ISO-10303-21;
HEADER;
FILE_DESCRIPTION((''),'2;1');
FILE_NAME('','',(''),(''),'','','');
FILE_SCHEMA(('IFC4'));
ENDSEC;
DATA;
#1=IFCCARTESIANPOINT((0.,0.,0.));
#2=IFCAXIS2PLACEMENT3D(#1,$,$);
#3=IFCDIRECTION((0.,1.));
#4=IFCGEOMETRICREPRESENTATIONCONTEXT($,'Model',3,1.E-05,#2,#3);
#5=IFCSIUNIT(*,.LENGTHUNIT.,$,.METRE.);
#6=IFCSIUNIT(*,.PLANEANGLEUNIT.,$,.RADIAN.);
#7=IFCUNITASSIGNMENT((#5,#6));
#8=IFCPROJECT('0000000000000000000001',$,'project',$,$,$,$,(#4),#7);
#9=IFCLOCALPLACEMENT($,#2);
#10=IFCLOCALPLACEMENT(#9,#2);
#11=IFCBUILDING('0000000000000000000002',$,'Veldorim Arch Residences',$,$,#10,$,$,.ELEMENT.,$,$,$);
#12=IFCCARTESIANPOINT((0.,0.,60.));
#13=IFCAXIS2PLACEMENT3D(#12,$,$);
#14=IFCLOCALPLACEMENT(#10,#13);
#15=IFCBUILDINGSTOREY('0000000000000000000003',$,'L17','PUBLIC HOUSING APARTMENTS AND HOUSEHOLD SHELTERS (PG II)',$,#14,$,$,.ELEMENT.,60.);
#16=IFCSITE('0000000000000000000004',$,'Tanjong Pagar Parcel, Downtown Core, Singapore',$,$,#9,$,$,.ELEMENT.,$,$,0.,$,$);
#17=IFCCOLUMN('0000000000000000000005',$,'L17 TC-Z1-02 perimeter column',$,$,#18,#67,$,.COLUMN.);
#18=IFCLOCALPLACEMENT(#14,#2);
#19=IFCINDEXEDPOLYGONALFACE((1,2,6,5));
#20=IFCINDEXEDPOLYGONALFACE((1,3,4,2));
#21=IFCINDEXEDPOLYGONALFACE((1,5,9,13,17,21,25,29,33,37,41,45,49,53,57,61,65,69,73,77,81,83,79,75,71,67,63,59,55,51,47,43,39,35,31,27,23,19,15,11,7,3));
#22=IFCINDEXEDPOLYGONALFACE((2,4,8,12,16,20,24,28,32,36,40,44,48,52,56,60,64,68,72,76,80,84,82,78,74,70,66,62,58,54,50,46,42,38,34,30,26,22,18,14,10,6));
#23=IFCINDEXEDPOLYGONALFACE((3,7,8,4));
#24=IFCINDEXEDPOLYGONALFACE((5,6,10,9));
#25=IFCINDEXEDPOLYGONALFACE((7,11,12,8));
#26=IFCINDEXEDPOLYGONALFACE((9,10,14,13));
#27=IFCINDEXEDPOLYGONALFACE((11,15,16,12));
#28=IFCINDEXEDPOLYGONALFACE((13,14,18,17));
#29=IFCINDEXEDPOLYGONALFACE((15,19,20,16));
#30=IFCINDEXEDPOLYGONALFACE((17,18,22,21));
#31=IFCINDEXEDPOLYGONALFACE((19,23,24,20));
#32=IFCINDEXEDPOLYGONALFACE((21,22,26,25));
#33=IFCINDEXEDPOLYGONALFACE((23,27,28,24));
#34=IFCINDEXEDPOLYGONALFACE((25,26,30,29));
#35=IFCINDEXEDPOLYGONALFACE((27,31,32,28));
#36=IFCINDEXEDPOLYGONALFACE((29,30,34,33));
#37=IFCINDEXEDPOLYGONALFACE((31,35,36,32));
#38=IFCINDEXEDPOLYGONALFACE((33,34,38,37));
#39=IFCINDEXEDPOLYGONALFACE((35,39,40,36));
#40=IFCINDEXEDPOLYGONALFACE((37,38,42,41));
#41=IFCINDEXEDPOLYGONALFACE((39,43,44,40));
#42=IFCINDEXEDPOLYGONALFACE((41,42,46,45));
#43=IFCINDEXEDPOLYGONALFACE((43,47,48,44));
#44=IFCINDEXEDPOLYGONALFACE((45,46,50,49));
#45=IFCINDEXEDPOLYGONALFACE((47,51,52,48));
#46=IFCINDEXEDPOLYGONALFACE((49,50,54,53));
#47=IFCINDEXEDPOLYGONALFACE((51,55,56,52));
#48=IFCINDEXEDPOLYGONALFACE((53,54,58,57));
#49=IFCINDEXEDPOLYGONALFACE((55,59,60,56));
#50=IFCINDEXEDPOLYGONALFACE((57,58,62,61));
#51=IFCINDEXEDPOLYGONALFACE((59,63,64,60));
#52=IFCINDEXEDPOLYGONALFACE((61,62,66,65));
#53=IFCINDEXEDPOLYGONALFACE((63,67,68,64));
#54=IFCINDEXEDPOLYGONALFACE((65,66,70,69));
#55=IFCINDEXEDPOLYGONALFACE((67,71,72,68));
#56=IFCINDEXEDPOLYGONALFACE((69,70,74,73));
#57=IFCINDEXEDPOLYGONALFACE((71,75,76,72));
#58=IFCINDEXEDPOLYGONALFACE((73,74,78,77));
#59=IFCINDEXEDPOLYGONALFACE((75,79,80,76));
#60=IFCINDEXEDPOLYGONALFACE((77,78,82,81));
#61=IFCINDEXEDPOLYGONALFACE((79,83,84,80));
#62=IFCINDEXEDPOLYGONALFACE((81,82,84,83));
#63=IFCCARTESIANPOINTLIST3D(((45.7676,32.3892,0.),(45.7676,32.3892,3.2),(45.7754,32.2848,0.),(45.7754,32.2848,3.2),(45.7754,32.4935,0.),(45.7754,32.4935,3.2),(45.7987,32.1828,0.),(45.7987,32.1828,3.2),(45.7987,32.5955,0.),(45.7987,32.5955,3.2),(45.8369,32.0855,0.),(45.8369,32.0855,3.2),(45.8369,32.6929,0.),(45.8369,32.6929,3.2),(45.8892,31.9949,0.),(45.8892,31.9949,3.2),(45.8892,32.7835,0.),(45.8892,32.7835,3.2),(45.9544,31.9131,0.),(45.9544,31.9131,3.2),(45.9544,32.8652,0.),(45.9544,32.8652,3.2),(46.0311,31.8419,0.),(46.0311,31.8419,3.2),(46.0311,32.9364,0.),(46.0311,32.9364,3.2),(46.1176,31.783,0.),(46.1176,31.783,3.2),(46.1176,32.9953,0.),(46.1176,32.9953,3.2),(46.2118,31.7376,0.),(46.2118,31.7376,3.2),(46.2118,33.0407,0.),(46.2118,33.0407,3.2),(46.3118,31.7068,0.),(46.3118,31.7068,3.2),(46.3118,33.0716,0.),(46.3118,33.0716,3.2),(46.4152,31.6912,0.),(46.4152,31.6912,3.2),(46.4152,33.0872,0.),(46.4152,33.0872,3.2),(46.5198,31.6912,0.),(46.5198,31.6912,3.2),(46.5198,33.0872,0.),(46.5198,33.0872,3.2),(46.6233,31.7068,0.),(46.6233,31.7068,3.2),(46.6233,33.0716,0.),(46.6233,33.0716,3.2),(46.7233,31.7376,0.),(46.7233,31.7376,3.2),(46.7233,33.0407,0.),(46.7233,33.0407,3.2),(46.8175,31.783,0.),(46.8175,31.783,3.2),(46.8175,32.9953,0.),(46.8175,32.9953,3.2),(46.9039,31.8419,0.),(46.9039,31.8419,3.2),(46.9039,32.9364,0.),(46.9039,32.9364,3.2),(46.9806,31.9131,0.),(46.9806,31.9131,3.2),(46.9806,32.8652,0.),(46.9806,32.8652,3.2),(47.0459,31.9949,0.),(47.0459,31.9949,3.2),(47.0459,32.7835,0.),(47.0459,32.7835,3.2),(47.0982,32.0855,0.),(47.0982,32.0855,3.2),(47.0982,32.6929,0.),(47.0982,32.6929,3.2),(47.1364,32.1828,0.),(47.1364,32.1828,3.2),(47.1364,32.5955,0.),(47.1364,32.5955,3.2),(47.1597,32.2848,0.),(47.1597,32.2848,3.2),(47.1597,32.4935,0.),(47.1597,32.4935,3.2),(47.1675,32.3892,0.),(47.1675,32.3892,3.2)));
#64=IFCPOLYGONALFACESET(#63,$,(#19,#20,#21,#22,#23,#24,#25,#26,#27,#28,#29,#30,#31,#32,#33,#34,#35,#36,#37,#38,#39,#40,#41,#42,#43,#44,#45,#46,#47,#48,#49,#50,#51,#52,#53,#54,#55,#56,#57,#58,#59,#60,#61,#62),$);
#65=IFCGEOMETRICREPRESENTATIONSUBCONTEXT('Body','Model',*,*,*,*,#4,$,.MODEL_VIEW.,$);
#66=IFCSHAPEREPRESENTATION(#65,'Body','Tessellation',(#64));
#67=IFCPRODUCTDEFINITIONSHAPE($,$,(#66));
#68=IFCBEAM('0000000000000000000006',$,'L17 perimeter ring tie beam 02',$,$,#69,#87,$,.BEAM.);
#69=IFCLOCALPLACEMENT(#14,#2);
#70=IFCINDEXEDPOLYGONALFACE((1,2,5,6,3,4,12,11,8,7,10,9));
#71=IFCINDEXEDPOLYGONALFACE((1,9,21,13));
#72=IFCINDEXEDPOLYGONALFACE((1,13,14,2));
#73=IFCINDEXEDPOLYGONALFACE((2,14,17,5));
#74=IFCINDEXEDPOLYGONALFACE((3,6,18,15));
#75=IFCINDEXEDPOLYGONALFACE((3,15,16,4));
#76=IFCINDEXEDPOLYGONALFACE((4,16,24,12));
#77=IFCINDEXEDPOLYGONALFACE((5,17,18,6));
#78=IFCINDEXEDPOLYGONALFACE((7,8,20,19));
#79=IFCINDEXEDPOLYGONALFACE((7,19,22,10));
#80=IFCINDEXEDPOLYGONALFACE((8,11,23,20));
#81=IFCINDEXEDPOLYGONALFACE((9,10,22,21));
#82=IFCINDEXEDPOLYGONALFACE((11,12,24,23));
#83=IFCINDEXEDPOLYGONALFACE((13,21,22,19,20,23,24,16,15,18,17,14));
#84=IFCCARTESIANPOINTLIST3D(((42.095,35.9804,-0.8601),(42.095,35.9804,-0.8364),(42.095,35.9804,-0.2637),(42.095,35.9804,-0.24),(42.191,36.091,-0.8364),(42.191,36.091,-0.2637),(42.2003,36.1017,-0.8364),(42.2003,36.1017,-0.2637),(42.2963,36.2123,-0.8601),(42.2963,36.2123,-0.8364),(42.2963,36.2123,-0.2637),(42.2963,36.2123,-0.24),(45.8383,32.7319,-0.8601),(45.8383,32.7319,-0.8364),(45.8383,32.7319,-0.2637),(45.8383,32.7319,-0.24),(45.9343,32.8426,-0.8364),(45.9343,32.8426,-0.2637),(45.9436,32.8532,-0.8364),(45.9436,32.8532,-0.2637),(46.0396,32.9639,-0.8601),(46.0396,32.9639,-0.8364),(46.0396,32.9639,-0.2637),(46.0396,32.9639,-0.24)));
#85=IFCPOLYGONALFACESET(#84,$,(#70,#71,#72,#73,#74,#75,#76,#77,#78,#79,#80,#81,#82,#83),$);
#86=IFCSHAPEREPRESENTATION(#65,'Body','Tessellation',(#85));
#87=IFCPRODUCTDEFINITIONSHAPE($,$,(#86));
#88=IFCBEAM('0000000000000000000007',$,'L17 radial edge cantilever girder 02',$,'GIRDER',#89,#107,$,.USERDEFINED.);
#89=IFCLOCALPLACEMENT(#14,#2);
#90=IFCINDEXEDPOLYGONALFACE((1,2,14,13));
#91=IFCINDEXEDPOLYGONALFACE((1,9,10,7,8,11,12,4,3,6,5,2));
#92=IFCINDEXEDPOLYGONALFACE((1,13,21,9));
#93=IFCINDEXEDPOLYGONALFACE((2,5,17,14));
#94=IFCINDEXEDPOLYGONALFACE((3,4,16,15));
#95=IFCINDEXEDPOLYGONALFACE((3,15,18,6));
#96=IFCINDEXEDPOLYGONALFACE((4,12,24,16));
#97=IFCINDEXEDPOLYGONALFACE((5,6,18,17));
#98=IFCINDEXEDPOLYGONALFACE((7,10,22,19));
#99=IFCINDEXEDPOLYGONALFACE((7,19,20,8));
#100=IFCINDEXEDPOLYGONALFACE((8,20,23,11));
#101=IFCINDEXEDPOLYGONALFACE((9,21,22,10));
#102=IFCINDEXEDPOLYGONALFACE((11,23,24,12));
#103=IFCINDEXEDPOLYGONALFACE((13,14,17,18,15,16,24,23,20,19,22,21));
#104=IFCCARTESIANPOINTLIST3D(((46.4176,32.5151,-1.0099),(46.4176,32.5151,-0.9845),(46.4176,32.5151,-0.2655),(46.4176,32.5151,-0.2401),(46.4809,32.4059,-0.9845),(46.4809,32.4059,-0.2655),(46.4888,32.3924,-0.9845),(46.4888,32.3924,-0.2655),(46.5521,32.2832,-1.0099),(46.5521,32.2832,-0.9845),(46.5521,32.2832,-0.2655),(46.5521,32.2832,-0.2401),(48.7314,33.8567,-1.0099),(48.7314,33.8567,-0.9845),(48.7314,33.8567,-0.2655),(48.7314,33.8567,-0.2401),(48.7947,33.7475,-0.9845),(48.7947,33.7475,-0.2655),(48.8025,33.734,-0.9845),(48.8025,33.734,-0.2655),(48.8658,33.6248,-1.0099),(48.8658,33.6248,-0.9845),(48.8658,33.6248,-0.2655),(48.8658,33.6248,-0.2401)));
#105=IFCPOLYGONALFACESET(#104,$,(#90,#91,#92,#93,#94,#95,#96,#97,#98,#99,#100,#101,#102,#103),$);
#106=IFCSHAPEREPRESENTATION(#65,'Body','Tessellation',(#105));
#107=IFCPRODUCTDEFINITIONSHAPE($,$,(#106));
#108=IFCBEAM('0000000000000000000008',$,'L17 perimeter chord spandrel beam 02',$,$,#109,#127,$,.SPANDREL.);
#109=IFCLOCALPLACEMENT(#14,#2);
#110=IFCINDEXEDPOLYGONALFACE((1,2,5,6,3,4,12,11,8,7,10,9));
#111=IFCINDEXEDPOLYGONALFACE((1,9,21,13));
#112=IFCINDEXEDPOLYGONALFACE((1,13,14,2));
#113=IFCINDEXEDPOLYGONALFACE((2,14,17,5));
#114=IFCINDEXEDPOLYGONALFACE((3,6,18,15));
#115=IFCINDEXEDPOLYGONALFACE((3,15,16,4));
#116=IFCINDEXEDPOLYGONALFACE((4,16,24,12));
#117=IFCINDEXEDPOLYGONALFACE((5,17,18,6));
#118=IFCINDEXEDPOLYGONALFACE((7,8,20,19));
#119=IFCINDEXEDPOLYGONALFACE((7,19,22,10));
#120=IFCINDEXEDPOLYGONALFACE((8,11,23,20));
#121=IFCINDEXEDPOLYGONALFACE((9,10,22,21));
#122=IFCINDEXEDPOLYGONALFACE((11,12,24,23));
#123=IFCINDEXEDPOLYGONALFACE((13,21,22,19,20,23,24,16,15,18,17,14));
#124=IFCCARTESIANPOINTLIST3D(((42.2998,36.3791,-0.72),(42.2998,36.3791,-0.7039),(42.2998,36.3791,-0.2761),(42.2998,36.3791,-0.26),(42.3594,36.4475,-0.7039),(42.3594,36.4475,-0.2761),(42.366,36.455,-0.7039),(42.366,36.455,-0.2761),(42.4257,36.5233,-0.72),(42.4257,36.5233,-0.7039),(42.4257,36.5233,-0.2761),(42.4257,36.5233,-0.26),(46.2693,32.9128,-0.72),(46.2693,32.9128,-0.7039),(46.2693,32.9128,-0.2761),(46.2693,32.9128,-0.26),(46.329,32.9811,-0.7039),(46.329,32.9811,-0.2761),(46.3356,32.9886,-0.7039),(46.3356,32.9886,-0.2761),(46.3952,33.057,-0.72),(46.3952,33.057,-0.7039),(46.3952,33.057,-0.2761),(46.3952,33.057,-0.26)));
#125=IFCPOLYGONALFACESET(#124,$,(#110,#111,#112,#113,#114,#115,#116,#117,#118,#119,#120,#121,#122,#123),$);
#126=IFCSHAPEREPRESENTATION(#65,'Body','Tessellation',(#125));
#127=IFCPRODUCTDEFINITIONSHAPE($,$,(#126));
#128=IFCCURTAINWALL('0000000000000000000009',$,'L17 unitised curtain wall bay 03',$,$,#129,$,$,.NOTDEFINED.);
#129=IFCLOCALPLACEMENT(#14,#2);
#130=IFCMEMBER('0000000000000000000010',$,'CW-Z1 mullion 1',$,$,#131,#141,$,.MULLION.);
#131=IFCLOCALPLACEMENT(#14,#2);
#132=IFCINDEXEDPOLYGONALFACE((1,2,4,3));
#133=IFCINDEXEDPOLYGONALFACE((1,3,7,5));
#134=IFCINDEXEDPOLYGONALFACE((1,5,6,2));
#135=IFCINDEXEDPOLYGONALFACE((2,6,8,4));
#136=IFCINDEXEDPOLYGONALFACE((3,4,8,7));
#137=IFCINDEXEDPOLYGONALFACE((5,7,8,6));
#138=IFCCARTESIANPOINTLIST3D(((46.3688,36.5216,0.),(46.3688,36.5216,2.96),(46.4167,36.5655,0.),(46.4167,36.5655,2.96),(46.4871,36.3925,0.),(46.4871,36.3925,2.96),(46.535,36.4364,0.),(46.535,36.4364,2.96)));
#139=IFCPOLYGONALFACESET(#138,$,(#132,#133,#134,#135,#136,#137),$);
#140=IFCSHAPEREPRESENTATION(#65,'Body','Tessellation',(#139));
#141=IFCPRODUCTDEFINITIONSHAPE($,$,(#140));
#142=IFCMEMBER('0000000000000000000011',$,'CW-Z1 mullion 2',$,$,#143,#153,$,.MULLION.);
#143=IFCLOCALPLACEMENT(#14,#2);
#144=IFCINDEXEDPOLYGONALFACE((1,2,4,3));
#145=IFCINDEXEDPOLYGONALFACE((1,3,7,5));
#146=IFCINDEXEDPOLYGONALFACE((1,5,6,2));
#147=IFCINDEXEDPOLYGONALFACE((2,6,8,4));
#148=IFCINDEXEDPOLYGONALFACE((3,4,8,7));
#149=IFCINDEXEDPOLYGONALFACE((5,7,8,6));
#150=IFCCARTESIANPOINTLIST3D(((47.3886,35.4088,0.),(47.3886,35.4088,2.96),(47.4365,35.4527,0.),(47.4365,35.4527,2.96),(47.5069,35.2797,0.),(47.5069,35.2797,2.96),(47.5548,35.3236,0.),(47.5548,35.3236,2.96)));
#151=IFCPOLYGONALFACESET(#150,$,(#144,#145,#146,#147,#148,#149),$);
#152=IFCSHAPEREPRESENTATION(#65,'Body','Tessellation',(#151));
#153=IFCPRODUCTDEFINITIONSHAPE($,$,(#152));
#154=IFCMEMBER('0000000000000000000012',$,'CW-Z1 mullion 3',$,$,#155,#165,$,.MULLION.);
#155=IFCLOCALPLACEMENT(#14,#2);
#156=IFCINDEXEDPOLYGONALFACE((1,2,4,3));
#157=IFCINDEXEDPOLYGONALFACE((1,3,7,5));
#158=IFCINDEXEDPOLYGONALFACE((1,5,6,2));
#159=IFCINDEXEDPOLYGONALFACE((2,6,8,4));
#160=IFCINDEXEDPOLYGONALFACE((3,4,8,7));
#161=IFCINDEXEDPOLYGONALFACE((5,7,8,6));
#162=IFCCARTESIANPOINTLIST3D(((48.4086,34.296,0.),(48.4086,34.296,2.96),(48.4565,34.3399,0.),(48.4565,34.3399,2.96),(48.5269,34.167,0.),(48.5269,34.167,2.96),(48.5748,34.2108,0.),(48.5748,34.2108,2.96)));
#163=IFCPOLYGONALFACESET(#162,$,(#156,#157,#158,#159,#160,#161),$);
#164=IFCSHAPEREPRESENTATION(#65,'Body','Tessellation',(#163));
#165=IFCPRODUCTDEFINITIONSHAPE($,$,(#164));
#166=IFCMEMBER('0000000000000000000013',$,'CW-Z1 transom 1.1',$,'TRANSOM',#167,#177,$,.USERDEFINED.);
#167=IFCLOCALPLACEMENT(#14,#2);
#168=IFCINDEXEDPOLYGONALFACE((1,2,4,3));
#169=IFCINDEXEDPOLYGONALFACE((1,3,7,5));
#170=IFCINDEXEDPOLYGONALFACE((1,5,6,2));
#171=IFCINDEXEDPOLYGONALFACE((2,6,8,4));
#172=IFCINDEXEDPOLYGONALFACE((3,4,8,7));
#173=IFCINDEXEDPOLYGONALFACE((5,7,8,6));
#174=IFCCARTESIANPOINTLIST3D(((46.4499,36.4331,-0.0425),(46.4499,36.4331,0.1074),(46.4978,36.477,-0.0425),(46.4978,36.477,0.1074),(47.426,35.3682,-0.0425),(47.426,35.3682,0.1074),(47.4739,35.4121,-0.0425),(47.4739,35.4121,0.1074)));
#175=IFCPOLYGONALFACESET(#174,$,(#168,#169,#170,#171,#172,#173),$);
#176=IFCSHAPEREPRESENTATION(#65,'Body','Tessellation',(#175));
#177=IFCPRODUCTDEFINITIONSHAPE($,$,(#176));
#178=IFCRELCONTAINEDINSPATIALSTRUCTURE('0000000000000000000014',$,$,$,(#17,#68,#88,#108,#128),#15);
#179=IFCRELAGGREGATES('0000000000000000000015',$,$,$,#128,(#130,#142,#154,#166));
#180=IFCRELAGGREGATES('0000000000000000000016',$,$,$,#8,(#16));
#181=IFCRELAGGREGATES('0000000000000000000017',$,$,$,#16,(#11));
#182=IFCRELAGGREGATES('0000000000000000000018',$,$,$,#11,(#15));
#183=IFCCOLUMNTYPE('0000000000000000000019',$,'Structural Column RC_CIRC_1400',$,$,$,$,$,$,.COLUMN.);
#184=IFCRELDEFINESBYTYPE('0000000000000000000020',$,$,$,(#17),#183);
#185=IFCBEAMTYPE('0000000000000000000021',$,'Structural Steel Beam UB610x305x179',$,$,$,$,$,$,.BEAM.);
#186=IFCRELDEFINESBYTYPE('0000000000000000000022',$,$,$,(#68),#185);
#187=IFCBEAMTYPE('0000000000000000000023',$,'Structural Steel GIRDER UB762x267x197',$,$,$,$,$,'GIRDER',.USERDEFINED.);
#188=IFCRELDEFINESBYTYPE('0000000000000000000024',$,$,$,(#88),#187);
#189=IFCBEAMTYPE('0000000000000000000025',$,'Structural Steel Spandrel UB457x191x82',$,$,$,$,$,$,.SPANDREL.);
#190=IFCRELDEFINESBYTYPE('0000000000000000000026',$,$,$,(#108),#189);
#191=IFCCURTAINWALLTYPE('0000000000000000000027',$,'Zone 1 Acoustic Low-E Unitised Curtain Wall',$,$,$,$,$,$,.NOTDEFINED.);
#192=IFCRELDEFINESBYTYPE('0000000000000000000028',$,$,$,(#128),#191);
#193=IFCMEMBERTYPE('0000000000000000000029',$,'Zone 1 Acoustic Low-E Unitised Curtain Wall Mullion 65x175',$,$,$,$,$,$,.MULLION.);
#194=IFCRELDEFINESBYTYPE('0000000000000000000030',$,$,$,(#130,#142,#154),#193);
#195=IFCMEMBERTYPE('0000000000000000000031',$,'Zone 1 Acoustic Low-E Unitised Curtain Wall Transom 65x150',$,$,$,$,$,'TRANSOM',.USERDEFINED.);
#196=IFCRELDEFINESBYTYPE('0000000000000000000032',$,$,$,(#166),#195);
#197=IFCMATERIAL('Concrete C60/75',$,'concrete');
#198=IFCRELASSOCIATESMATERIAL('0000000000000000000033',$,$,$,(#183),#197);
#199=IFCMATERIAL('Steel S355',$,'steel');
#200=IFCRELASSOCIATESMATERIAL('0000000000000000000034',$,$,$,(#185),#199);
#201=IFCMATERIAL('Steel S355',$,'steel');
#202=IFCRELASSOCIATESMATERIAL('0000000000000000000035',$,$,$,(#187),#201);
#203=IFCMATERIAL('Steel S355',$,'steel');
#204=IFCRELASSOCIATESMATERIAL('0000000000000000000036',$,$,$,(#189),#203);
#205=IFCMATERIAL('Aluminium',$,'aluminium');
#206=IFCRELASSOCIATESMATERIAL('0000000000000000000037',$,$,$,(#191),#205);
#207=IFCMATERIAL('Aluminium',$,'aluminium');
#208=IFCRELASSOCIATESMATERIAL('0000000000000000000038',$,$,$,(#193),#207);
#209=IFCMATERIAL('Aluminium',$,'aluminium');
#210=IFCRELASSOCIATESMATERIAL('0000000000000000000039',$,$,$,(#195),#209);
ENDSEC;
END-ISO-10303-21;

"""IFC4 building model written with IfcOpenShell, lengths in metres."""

from ifc_helpers import new_model, si_unit, direction, frame, origin, origin_2d, place, context, subcontext, project, spatial, rectangle, circle, i_section, extrude, material, material_profile, profile_set, type_object, element, aggregate, save


model = new_model("IFC4")

# Units and contexts
model_context = context("Model", 3, precision=1e-05, world=origin(), true_north=direction((0.0, 1.0)))
body_context = subcontext(model_context, "Body", "Model", "MODEL_VIEW")
ifc_project = project(units=[si_unit("LENGTHUNIT", "METRE"), si_unit("PLANEANGLEUNIT", "RADIAN")], contexts=[model_context])

# Site, building, storey
site_placement = place(None, origin())
site = spatial("IfcSite", under=ifc_project, at=site_placement, Name="Tanjong Pagar Parcel, Downtown Core, Singapore", CompositionType="ELEMENT", RefElevation=0.0)
building_placement = place(site_placement, origin())
building = spatial("IfcBuilding", under=site, at=building_placement, Name="Veldorim Arch Residences", CompositionType="ELEMENT")
storey_placement = place(building_placement, frame((0.0, 0.0, 60.0)))
storey = spatial("IfcBuildingStorey", under=building, at=storey_placement, Name="L17", Description="PUBLIC HOUSING APARTMENTS AND HOUSEHOLD SHELTERS (PG II)", CompositionType="ELEMENT", Elevation=60.0)

# Column
ifc_material_1 = material(Name="Concrete C60/75", Category="concrete")
ifc_material_profile_1 = material_profile(ifc_material_1, circle(Radius=0.7, at=origin_2d()), Name="RC_CIRC_1400")
ifc_profile_set_1 = profile_set([ifc_material_profile_1], Name="Concrete C60/75")
column_type = type_object("IfcColumnType", Name="Structural Column RC_CIRC_1400", PredefinedType="COLUMN", material=ifc_profile_set_1)
column_placement = place(storey_placement, frame((46.4675, 32.3892, 0.0), z_axis=(0.0, 0.0, 1.0), x_axis=(1.0, 0.0, 0.0)))
element("IfcColumn", 1, at=column_placement, inside=storey, type_object=column_type, Name="L17 TC-Z1-02 perimeter column", PredefinedType="COLUMN", context=body_context, shape_type="SweptSolid", body=[
    extrude(circle(Radius=0.7, at=origin_2d()), origin(), (0.0, 0.0, 1.0), 3.2),
])

# Beams
ifc_material_2 = material(Name="Steel S355", Category="steel")
ifc_material_profile_2 = material_profile(ifc_material_2, i_section(OverallWidth=0.3071, OverallDepth=0.6201, WebThickness=0.0142, FlangeThickness=0.0237, at=origin_2d()), Name="UB610x305x179")
ifc_profile_set_2 = profile_set([ifc_material_profile_2], Name="Steel S355")
beam_type_1 = type_object("IfcBeamType", Name="Structural Steel Beam UB610x305x179", PredefinedType="BEAM", material=ifc_profile_set_2)
beam_1_placement = place(storey_placement, frame((45.939, 32.8479, -0.55), z_axis=(-0.755265, 0.65542, 0.0), x_axis=(-0.65542, -0.755265, 0.0)))
element("IfcBeam", 2, at=beam_1_placement, inside=storey, type_object=beam_type_1, Name="L17 perimeter ring tie beam 02", PredefinedType="BEAM", context=body_context, shape_type="SweptSolid", body=[
    extrude(i_section(OverallWidth=0.3071, OverallDepth=0.6201, WebThickness=0.0142, FlangeThickness=0.0237, at=origin_2d()), origin(), (0.0, 0.0, 1.0), 4.9563),
])
ifc_material_3 = material(Name="Steel S355", Category="steel")
ifc_material_profile_3 = material_profile(ifc_material_3, i_section(OverallWidth=0.2681, OverallDepth=0.7698, WebThickness=0.0156, FlangeThickness=0.0254, at=origin_2d()), Name="UB762x267x197")
ifc_profile_set_3 = profile_set([ifc_material_profile_3], Name="Steel S355")
beam_type_2 = type_object("IfcBeamType", Name="Structural Steel GIRDER UB762x267x197", ElementType="GIRDER", PredefinedType="USERDEFINED", material=ifc_profile_set_3)
beam_2_placement = place(storey_placement, frame((46.4849, 32.3992, -0.625), z_axis=(0.865097, 0.501605, 0.0), x_axis=(-0.501605, 0.865097, 0.0)))
element("IfcBeam", 3, at=beam_2_placement, inside=storey, type_object=beam_type_2, Name="L17 radial edge cantilever girder 02", ObjectType="GIRDER", PredefinedType="USERDEFINED", context=body_context, shape_type="SweptSolid", body=[
    extrude(i_section(OverallWidth=0.2681, OverallDepth=0.7698, WebThickness=0.0156, FlangeThickness=0.0254, at=origin_2d()), origin(), (0.0, 0.0, 1.0), 2.6746),
])
ifc_material_4 = material(Name="Steel S355", Category="steel")
ifc_material_profile_4 = material_profile(ifc_material_4, i_section(OverallWidth=0.1914, OverallDepth=0.46, WebThickness=0.01, FlangeThickness=0.0161, at=origin_2d()), Name="UB457x191x82")
ifc_profile_set_4 = profile_set([ifc_material_profile_4], Name="Steel S355")
beam_type_3 = type_object("IfcBeamType", Name="Structural Steel Spandrel UB457x191x82", PredefinedType="SPANDREL", material=ifc_profile_set_4)
beam_3_placement = place(storey_placement, frame((46.3323, 32.9849, -0.49), z_axis=(-0.753234, 0.657753, 0.0), x_axis=(-0.657753, -0.753234, 0.0)))
element("IfcBeam", 4, at=beam_3_placement, inside=storey, type_object=beam_type_3, Name="L17 perimeter chord spandrel beam 02", PredefinedType="SPANDREL", context=body_context, shape_type="SweptSolid", body=[
    extrude(i_section(OverallWidth=0.1914, OverallDepth=0.46, WebThickness=0.01, FlangeThickness=0.0161, at=origin_2d()), origin(), (0.0, 0.0, 1.0), 5.27),
])

# Curtain wall, members
ifc_material_5 = material(Name="Aluminium", Category="aluminium")
curtain_wall_type = type_object("IfcCurtainWallType", Name="Zone 1 Acoustic Low-E Unitised Curtain Wall", PredefinedType="NOTDEFINED", material=ifc_material_5)
curtain_wall_placement = place(storey_placement, origin())
curtain_wall = element("IfcCurtainWall", 5, at=curtain_wall_placement, inside=storey, type_object=curtain_wall_type, Name="L17 unitised curtain wall bay 03", PredefinedType="NOTDEFINED")
ifc_material_6 = material(Name="Aluminium", Category="aluminium")
ifc_material_profile_5 = material_profile(ifc_material_6, rectangle(XDim=0.0649, YDim=0.175, at=origin_2d()), Name="ALU_MUL_65x175")
ifc_profile_set_5 = profile_set([ifc_material_profile_5], Name="Aluminium")
member_type_1 = type_object("IfcMemberType", Name="Zone 1 Acoustic Low-E Unitised Curtain Wall Mullion 65x175", PredefinedType="MULLION", material=ifc_profile_set_5)
member_1_placement = place(storey_placement, frame((46.4519, 36.479, 0.0), z_axis=(0.0, 0.0, 1.0), x_axis=(0.737193, 0.675682, 0.0)))
member_1 = element("IfcMember", 6, at=member_1_placement, type_object=member_type_1, Name="CW-Z1 mullion 1", PredefinedType="MULLION", context=body_context, shape_type="SweptSolid", body=[
    extrude(rectangle(XDim=0.0649, YDim=0.175, at=origin_2d()), origin(), (0.0, 0.0, 1.0), 2.96),
])
member_2_placement = place(storey_placement, frame((47.4717, 35.3662, 0.0), z_axis=(0.0, 0.0, 1.0), x_axis=(0.737193, 0.675682, 0.0)))
member_2 = element("IfcMember", 7, at=member_2_placement, type_object=member_type_1, Name="CW-Z1 mullion 2", PredefinedType="MULLION", context=body_context, shape_type="SweptSolid", body=[
    extrude(rectangle(XDim=0.0649, YDim=0.175, at=origin_2d()), origin(), (0.0, 0.0, 1.0), 2.96),
])
member_3_placement = place(storey_placement, frame((48.4917, 34.2534, 0.0), z_axis=(0.0, 0.0, 1.0), x_axis=(0.737193, 0.675682, 0.0)))
member_3 = element("IfcMember", 8, at=member_3_placement, type_object=member_type_1, Name="CW-Z1 mullion 3", PredefinedType="MULLION", context=body_context, shape_type="SweptSolid", body=[
    extrude(rectangle(XDim=0.0649, YDim=0.175, at=origin_2d()), origin(), (0.0, 0.0, 1.0), 2.96),
])
ifc_material_7 = material(Name="Aluminium", Category="aluminium")
ifc_material_profile_6 = material_profile(ifc_material_7, rectangle(XDim=0.0649, YDim=0.1499, at=origin_2d()), Name="ALU_TRN_65x150")
ifc_profile_set_6 = profile_set([ifc_material_profile_6], Name="Aluminium")
member_type_2 = type_object("IfcMemberType", Name="Zone 1 Acoustic Low-E Unitised Curtain Wall Transom 65x150", ElementType="TRANSOM", PredefinedType="USERDEFINED", material=ifc_profile_set_6)
member_4_placement = place(storey_placement, frame((46.4739, 36.4551, 0.0325), z_axis=(0.675679, -0.737196, 0.0), x_axis=(0.737196, 0.675679, 0.0)))
member_4 = element("IfcMember", 9, at=member_4_placement, type_object=member_type_2, Name="CW-Z1 transom 1.1", ObjectType="TRANSOM", PredefinedType="USERDEFINED", context=body_context, shape_type="SweptSolid", body=[
    extrude(rectangle(XDim=0.0649, YDim=0.1499, at=origin_2d()), origin(), (0.0, 0.0, 1.0), 1.4446),
])
aggregate(curtain_wall, [member_1, member_2, member_3, member_4])

save(model, "model.ifc")
